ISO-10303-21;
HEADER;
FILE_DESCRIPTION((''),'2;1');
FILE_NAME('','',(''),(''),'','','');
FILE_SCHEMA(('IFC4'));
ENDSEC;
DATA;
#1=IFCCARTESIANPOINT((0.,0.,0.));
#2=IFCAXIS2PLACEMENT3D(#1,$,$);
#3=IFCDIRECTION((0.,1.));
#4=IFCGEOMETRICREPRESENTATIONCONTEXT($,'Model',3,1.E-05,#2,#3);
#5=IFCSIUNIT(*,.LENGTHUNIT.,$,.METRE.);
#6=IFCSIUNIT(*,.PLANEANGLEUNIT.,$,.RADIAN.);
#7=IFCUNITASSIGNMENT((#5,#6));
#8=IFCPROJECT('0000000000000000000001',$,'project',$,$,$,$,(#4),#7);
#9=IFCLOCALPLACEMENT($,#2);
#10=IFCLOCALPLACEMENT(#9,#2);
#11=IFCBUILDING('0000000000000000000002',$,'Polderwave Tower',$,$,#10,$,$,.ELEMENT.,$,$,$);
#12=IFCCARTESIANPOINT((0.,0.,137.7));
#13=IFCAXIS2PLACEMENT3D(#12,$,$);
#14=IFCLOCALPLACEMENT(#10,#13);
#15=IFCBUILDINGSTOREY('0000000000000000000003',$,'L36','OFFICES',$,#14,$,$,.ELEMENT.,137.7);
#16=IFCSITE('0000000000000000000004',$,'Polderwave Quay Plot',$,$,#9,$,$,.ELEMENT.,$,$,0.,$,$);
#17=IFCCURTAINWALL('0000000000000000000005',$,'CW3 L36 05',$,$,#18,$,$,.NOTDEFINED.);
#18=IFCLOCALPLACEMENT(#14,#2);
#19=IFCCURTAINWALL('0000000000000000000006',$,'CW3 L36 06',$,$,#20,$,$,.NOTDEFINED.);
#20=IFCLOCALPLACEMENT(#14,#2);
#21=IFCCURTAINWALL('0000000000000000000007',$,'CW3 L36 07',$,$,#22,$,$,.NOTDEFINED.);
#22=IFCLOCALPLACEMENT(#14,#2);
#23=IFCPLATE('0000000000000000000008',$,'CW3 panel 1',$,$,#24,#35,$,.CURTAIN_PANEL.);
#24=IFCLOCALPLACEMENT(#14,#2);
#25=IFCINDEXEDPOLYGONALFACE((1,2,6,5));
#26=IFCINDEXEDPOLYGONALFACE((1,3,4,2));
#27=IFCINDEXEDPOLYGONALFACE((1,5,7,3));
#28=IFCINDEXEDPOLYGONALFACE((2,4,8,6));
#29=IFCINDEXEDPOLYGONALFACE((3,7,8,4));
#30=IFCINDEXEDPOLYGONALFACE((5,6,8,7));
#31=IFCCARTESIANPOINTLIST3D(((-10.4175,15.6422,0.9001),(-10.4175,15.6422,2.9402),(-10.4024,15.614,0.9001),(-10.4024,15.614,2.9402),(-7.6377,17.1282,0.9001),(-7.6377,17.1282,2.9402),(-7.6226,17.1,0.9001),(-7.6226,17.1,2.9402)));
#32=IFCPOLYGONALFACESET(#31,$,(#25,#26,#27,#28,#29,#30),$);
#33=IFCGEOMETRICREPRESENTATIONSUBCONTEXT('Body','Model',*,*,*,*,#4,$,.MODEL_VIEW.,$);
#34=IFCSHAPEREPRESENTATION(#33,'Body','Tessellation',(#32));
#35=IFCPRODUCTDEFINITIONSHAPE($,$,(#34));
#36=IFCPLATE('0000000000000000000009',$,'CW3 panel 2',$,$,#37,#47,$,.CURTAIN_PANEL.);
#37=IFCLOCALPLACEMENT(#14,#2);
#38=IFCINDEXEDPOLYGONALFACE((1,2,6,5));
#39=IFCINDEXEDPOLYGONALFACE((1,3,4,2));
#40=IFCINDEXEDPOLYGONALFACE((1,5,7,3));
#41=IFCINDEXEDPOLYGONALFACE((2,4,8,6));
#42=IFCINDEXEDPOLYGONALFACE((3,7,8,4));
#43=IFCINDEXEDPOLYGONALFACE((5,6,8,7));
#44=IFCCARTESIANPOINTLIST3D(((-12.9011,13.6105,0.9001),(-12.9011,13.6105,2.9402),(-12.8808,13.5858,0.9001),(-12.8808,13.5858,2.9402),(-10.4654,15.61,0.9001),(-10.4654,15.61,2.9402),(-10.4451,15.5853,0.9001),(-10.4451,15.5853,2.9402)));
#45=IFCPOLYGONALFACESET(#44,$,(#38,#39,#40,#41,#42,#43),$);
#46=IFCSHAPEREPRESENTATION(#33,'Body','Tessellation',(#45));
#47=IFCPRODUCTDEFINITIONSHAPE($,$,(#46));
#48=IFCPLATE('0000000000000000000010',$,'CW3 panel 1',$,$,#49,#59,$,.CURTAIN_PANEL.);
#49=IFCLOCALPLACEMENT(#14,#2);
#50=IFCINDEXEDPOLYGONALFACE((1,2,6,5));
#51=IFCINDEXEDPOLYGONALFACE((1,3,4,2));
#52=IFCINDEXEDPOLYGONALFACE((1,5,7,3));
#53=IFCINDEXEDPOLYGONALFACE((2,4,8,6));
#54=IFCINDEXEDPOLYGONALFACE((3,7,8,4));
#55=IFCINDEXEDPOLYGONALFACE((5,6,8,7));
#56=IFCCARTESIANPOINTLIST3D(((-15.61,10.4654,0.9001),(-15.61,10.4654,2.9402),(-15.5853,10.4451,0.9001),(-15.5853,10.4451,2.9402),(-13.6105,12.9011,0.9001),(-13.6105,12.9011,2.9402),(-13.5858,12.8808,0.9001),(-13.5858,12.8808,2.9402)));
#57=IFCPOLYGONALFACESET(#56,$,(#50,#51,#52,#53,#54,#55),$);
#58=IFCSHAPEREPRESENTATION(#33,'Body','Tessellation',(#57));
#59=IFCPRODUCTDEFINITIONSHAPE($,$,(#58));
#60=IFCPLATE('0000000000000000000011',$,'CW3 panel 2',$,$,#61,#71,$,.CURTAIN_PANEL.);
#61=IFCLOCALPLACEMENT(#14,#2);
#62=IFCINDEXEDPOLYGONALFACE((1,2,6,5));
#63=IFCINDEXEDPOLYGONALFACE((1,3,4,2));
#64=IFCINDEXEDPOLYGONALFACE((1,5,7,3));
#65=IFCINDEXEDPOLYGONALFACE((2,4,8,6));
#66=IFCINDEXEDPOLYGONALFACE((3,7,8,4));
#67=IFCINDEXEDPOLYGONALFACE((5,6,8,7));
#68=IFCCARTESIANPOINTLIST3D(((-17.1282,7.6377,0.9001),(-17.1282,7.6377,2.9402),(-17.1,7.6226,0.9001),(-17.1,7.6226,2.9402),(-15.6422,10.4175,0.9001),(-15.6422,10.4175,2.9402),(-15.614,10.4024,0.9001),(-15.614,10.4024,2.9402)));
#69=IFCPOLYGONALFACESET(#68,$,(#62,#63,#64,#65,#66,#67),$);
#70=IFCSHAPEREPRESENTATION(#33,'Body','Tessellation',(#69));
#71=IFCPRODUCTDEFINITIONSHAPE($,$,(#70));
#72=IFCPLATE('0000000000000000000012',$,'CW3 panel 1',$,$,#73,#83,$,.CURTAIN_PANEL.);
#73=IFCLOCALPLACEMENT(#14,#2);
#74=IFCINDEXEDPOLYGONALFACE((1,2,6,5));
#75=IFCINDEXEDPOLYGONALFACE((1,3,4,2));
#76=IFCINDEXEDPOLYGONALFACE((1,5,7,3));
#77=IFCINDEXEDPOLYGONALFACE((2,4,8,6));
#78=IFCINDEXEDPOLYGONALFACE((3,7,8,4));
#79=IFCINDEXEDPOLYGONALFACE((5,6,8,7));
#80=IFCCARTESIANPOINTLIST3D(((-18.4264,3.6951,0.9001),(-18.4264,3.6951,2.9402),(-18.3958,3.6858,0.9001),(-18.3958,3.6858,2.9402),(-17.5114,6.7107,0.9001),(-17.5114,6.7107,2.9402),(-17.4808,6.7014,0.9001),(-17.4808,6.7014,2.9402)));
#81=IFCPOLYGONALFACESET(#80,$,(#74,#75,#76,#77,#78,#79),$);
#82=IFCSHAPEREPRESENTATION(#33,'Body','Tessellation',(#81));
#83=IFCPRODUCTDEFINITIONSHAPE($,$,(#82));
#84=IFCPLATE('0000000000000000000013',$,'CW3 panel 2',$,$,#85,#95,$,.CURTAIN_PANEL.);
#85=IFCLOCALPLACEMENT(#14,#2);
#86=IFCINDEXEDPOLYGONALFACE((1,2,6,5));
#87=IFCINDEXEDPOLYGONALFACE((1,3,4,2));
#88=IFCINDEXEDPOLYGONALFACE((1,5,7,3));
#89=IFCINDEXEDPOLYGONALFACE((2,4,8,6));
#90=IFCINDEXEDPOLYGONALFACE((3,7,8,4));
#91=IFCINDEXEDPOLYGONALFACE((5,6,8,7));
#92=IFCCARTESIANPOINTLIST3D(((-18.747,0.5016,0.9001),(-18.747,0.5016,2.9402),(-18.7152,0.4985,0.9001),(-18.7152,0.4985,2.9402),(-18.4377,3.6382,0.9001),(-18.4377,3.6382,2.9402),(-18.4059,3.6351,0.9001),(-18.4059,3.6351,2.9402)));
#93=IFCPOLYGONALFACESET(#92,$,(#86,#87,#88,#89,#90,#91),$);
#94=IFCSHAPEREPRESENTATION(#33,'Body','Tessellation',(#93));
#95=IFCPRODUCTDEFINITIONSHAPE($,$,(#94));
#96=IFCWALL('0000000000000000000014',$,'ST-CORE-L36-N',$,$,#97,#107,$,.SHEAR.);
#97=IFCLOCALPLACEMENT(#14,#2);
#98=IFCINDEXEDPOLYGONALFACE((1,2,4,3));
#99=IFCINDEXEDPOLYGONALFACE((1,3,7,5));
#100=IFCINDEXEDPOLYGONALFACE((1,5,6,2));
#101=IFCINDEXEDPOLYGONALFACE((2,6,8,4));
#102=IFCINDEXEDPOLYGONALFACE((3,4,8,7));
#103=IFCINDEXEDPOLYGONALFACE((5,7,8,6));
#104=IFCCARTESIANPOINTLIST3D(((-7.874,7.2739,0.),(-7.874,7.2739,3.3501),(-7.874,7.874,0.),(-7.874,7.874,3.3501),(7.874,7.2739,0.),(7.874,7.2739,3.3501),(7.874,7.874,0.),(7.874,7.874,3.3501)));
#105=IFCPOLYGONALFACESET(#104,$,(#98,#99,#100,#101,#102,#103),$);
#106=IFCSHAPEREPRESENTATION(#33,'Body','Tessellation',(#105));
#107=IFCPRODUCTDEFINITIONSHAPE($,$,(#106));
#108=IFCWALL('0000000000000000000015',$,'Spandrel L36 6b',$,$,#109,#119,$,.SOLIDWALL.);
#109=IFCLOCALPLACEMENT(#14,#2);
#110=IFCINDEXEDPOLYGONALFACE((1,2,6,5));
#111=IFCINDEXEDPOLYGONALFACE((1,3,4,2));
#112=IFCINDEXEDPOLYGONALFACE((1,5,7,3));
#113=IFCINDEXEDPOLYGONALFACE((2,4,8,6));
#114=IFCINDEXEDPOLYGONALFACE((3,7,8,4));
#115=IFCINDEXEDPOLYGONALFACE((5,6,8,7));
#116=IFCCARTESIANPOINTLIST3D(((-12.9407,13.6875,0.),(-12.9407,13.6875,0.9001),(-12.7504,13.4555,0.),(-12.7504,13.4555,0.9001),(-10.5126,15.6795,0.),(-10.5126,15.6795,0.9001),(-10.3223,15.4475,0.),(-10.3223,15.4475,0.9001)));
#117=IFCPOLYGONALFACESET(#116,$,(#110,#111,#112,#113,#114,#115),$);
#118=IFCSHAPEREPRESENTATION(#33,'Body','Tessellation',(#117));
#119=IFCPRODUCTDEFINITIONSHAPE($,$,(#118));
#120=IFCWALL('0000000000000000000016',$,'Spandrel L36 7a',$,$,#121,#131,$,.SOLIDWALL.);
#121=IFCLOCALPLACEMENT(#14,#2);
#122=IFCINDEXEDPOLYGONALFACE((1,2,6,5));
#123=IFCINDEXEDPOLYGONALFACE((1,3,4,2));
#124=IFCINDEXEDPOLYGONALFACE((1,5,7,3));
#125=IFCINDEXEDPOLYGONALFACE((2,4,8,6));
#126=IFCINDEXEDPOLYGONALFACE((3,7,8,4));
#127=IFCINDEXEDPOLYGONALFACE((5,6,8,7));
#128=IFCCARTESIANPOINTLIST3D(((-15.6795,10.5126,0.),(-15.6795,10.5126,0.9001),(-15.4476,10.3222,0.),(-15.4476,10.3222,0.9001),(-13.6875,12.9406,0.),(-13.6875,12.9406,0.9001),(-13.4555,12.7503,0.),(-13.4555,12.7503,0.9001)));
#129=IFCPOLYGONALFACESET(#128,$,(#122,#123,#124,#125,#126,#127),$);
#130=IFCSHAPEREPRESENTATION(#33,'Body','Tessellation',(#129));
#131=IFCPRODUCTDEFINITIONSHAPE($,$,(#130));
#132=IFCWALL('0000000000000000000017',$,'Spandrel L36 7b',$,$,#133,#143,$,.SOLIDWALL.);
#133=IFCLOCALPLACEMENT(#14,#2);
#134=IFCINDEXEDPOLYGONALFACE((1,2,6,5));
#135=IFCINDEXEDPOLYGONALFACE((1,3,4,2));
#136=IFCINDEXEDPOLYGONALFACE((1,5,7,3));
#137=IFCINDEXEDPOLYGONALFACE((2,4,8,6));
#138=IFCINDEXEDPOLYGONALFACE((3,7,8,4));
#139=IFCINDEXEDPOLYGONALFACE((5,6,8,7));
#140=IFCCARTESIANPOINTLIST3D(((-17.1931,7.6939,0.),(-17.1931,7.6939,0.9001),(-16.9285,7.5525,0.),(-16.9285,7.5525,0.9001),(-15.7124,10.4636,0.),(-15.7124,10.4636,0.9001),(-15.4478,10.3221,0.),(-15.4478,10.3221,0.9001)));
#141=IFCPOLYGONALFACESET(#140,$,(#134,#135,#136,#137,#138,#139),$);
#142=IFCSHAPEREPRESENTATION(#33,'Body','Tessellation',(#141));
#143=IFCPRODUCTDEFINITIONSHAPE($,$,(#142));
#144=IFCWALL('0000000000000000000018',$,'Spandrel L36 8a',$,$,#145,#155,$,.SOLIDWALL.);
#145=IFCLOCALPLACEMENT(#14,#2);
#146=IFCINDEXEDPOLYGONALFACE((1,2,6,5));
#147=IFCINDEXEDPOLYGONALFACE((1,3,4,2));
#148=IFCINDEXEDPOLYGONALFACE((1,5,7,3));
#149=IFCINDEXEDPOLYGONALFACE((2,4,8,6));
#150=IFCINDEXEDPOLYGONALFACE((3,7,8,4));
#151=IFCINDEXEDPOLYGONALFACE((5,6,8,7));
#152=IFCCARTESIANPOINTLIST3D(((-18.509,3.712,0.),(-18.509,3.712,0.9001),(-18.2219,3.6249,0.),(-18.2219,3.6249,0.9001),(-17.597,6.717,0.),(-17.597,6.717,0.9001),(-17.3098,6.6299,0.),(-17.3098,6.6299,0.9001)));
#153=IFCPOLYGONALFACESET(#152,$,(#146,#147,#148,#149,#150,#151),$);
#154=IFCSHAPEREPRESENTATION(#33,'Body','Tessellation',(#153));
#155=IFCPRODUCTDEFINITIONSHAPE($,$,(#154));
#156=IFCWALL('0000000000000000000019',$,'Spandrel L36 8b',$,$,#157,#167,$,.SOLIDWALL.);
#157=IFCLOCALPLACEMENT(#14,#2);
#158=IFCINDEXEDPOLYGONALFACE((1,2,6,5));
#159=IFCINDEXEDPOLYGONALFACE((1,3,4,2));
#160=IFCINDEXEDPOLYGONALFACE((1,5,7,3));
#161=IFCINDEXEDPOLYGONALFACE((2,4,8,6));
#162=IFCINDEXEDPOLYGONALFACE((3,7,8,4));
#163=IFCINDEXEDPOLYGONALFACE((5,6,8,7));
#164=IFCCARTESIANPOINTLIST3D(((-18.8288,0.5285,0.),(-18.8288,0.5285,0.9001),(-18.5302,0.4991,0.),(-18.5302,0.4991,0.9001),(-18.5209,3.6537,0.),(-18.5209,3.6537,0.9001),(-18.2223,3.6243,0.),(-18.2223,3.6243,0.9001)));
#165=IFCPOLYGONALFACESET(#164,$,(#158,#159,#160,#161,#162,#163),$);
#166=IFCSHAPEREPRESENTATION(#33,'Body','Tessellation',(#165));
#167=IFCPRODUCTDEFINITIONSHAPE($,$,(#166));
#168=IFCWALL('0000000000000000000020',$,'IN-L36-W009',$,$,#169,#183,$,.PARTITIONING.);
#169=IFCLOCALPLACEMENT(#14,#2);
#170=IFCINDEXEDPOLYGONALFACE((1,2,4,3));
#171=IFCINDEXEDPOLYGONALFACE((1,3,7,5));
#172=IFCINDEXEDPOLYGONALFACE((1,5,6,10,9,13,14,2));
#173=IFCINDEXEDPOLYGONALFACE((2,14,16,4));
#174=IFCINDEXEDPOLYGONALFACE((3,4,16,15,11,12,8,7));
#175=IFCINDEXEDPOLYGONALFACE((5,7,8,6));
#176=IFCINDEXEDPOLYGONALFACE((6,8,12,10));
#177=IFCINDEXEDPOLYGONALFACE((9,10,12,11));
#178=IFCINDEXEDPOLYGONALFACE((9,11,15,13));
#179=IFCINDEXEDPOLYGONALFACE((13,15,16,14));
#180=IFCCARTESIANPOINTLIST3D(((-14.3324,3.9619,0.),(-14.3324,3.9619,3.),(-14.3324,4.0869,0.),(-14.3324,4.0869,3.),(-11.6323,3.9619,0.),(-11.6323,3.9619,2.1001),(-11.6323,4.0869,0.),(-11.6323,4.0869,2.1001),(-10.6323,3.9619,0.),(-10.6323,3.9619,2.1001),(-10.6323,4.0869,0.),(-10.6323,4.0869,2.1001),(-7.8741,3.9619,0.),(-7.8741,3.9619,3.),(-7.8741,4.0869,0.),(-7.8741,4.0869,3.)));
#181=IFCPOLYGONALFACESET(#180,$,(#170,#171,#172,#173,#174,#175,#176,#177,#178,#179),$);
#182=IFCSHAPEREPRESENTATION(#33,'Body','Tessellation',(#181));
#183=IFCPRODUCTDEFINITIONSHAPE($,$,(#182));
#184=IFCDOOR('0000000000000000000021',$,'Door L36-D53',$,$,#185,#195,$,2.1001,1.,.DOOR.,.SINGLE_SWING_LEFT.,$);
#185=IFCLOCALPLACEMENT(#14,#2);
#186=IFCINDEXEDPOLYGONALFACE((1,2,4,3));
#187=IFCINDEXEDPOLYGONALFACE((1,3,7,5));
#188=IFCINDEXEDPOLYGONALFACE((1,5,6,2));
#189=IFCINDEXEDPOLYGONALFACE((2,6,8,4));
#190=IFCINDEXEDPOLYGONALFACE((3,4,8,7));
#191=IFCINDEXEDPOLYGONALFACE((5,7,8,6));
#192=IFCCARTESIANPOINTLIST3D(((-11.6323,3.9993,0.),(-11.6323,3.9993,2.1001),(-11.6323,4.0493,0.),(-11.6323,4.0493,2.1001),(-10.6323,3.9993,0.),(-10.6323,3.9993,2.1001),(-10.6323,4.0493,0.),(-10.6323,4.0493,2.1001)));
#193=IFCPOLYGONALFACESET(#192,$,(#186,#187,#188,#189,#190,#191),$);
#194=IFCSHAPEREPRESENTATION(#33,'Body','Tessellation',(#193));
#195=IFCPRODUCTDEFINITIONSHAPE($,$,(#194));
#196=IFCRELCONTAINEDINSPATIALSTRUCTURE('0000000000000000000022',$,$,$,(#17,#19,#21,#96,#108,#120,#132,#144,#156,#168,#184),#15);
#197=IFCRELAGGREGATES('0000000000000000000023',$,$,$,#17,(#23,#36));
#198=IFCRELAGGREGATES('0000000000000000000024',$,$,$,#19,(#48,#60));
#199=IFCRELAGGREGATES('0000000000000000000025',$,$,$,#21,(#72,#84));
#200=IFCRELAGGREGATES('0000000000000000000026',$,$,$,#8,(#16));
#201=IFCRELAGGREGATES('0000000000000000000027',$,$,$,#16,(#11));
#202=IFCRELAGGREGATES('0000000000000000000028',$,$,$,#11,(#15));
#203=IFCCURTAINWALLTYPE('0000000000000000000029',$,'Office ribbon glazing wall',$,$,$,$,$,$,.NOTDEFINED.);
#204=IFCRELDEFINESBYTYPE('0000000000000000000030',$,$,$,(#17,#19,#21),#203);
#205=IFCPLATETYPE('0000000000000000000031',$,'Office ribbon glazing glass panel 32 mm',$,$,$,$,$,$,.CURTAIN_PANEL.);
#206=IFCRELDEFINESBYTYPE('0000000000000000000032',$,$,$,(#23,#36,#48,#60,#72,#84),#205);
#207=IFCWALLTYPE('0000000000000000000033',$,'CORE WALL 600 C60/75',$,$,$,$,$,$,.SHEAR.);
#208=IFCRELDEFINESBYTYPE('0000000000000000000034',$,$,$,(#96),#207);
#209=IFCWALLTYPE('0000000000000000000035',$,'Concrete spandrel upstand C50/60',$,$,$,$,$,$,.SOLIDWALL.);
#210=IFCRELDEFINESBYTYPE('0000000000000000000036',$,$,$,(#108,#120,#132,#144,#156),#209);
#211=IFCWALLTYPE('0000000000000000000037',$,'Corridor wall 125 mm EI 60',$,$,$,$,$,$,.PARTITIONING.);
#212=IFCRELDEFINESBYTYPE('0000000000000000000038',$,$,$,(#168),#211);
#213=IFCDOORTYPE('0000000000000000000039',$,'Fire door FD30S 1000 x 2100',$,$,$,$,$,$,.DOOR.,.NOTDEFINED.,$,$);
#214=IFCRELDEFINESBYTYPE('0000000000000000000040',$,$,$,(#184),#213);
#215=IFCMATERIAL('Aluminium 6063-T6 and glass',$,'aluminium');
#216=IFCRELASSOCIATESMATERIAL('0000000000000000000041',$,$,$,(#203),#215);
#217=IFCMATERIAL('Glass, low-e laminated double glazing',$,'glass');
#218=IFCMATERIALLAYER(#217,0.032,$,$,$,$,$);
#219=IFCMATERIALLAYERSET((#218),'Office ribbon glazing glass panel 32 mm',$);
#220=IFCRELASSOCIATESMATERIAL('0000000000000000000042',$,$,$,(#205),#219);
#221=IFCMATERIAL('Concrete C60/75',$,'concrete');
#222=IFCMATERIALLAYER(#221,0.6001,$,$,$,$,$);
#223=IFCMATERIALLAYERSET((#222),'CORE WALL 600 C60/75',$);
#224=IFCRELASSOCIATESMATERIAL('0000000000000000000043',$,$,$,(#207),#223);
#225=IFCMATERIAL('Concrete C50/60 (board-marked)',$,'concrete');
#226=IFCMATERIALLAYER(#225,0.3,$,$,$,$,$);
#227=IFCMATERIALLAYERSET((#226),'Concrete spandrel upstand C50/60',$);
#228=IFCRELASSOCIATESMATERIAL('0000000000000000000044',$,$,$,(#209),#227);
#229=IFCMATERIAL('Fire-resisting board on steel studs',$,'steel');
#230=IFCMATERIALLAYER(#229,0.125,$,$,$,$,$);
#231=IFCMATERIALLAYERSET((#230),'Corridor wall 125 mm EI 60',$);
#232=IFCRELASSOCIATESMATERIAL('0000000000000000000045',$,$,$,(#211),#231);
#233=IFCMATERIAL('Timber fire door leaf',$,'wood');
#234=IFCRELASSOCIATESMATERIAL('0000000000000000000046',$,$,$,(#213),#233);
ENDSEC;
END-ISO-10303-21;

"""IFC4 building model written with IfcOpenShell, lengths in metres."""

from ifc_helpers import new_model, si_unit, direction, frame, frame_2d, origin, origin_2d, place, context, subcontext, project, spatial, rectangle, extrude, material, layer, layer_set, type_object, element, fill, aggregate, save


model = new_model("IFC4")

# Units and contexts
model_context = context("Model", 3, precision=1e-05, world=origin(), true_north=direction((0.0, 1.0)))
body_context = subcontext(model_context, "Body", "Model", "MODEL_VIEW")
ifc_project = project(units=[si_unit("LENGTHUNIT", "METRE"), si_unit("PLANEANGLEUNIT", "RADIAN")], contexts=[model_context])

# Site, building, storey
site_placement = place(None, origin())
site = spatial("IfcSite", under=ifc_project, at=site_placement, Name="Polderwave Quay Plot", CompositionType="ELEMENT", RefElevation=0.0)
building_placement = place(site_placement, origin())
building = spatial("IfcBuilding", under=site, at=building_placement, Name="Polderwave Tower", CompositionType="ELEMENT")
storey_placement = place(building_placement, frame((0.0, 0.0, 137.7)))
storey = spatial("IfcBuildingStorey", under=building, at=storey_placement, Name="L36", Description="OFFICES", CompositionType="ELEMENT", Elevation=137.7)

# Shared definitions
ifc_material_1 = material(Name="Concrete C60/75", Category="concrete")

# Curtain walls
ifc_material_2 = material(Name="Aluminium 6063-T6 and glass", Category="aluminium")
curtain_wall_type = type_object("IfcCurtainWallType", Name="Office ribbon glazing wall", PredefinedType="NOTDEFINED", material=ifc_material_2)
curtain_wall_1_placement = place(storey_placement, origin())
curtain_wall_1 = element("IfcCurtainWall", 1, at=curtain_wall_1_placement, inside=storey, type_object=curtain_wall_type, Name="CW3 L36 05", PredefinedType="NOTDEFINED")
curtain_wall_2_placement = place(storey_placement, origin())
curtain_wall_2 = element("IfcCurtainWall", 2, at=curtain_wall_2_placement, inside=storey, type_object=curtain_wall_type, Name="CW3 L36 06", PredefinedType="NOTDEFINED")
curtain_wall_3_placement = place(storey_placement, origin())
curtain_wall_3 = element("IfcCurtainWall", 3, at=curtain_wall_3_placement, inside=storey, type_object=curtain_wall_type, Name="CW3 L36 07", PredefinedType="NOTDEFINED")

# Plates
ifc_material_3 = material(Name="Glass, low-e laminated double glazing", Category="glass")
ifc_layer_1 = layer(ifc_material_3, 0.032)
ifc_layer_set_1 = layer_set([ifc_layer_1], Name="Office ribbon glazing glass panel 32 mm")
plate_type = type_object("IfcPlateType", Name="Office ribbon glazing glass panel 32 mm", PredefinedType="CURTAIN_PANEL", material=ifc_layer_set_1)
plate_1_placement = place(storey_placement, frame((-9.02, 16.3711, 0.9001), z_axis=(0.0, 0.0, 1.0), x_axis=(-0.881891, -0.471454, 0.0)))
plate_1 = element("IfcPlate", 4, at=plate_1_placement, type_object=plate_type, Name="CW3 panel 1", PredefinedType="CURTAIN_PANEL", context=body_context, shape_type="SweptSolid", body=[
    extrude(rectangle(XDim=3.1521, YDim=0.032, at=origin_2d()), origin(), (0.0, 0.0, 1.0), 2.04),
])
plate_2_placement = place(storey_placement, frame((-11.6731, 14.5979, 0.9001), z_axis=(0.0, 0.0, 1.0), x_axis=(-0.772919, -0.634505, 0.0)))
plate_2 = element("IfcPlate", 5, at=plate_2_placement, type_object=plate_type, Name="CW3 panel 2", PredefinedType="CURTAIN_PANEL", context=body_context, shape_type="SweptSolid", body=[
    extrude(rectangle(XDim=3.1514, YDim=0.032, at=origin_2d()), origin(), (0.0, 0.0, 1.0), 2.04),
])
aggregate(curtain_wall_1, [plate_1, plate_2])
plate_3_placement = place(storey_placement, frame((-14.5979, 11.6731, 0.9001), z_axis=(0.0, 0.0, 1.0), x_axis=(-0.634505, -0.772919, 0.0)))
plate_3 = element("IfcPlate", 6, at=plate_3_placement, type_object=plate_type, Name="CW3 panel 1", PredefinedType="CURTAIN_PANEL", context=body_context, shape_type="SweptSolid", body=[
    extrude(rectangle(XDim=3.1514, YDim=0.032, at=origin_2d()), origin(), (0.0, 0.0, 1.0), 2.04),
])
plate_4_placement = place(storey_placement, frame((-16.3711, 9.02, 0.9001), z_axis=(0.0, 0.0, 1.0), x_axis=(-0.471454, -0.881891, 0.0)))
plate_4 = element("IfcPlate", 7, at=plate_4_placement, type_object=plate_type, Name="CW3 panel 2", PredefinedType="CURTAIN_PANEL", context=body_context, shape_type="SweptSolid", body=[
    extrude(rectangle(XDim=3.1521, YDim=0.032, at=origin_2d()), origin(), (0.0, 0.0, 1.0), 2.04),
])
aggregate(curtain_wall_2, [plate_3, plate_4])
plate_5_placement = place(storey_placement, frame((-17.9536, 5.1982, 0.9001), z_axis=(0.0, 0.0, 1.0), x_axis=(-0.290348, -0.956921, 0.0)))
plate_5 = element("IfcPlate", 8, at=plate_5_placement, type_object=plate_type, Name="CW3 panel 1", PredefinedType="CURTAIN_PANEL", context=body_context, shape_type="SweptSolid", body=[
    extrude(rectangle(XDim=3.1514, YDim=0.032, at=origin_2d()), origin(), (0.0, 0.0, 1.0), 2.04),
])
plate_6_placement = place(storey_placement, frame((-18.5764, 2.0684, 0.9001), z_axis=(0.0, 0.0, 1.0), x_axis=(-0.098134, -0.995173, 0.0)))
plate_6 = element("IfcPlate", 9, at=plate_6_placement, type_object=plate_type, Name="CW3 panel 2", PredefinedType="CURTAIN_PANEL", context=body_context, shape_type="SweptSolid", body=[
    extrude(rectangle(XDim=3.1519, YDim=0.032, at=origin_2d()), origin(), (0.0, 0.0, 1.0), 2.04),
])
aggregate(curtain_wall_3, [plate_5, plate_6])

# Walls
ifc_layer_2 = layer(ifc_material_1, 0.6001)
ifc_layer_set_2 = layer_set([ifc_layer_2], Name="CORE WALL 600 C60/75")
wall_type_1 = type_object("IfcWallType", Name="CORE WALL 600 C60/75", PredefinedType="SHEAR", material=ifc_layer_set_2)
wall_1_placement = place(storey_placement, frame((-7.874, 7.574, 0.0), z_axis=(0.0, 0.0, 1.0), x_axis=(1.0, 0.0, 0.0)))
element("IfcWall", 10, at=wall_1_placement, inside=storey, type_object=wall_type_1, Name="ST-CORE-L36-N", PredefinedType="SHEAR", context=body_context, shape_type="SweptSolid", body=[
    extrude(rectangle(XDim=15.748, YDim=0.6001, at=frame_2d((7.874, 0.0))), origin(), (0.0, 0.0, 1.0), 3.3501),
])
ifc_material_4 = material(Name="Concrete C50/60 (board-marked)", Category="concrete")
ifc_layer_3 = layer(ifc_material_4, 0.3)
ifc_layer_set_3 = layer_set([ifc_layer_3], Name="Concrete spandrel upstand C50/60")
wall_type_2 = type_object("IfcWallType", Name="Concrete spandrel upstand C50/60", PredefinedType="SOLIDWALL", material=ifc_layer_set_3)
for number, where, z_axis, x_axis, name in (
    (11, (-10.4175, 15.5635, 0.0), (0.0, 0.0, 1.0), (-0.773111, -0.63427, 0.0), "Spandrel L36 6b"),
    (12, (-13.5715, 12.8455, 0.0), (0.0, 0.0, 1.0), (-0.63427, -0.773111, 0.0), "Spandrel L36 7a"),
    (13, (-15.5801, 10.3928, 0.0), (0.0, 0.0, 1.0), (-0.471488, -0.881873, 0.0), "Spandrel L36 7b"),
):
    element("IfcWall", number, at=place(storey_placement, frame(where, z_axis=z_axis, x_axis=x_axis)), inside=storey, type_object=wall_type_2, Name=name, PredefinedType="SOLIDWALL", context=body_context, shape_type="SweptSolid", body=[
        extrude(rectangle(XDim=3.1406, YDim=0.3, at=frame_2d((1.5703, 0.0))), origin(), (0.0, 0.0, 1.0), 0.9001),
    ])
for number, where, z_axis, x_axis, name in (
    (14, (-17.4534, 6.6736, 0.0), (0.0, 0.0, 1.0), (-0.290435, -0.956895, 0.0), "Spandrel L36 8a"),
    (15, (-18.3716, 3.6392, 0.0), (0.0, 0.0, 1.0), (-0.098033, -0.995183, 0.0), "Spandrel L36 8b"),
):
    element("IfcWall", number, at=place(storey_placement, frame(where, z_axis=z_axis, x_axis=x_axis)), inside=storey, type_object=wall_type_2, Name=name, PredefinedType="SOLIDWALL", context=body_context, shape_type="SweptSolid", body=[
        extrude(rectangle(XDim=3.1404, YDim=0.3, at=frame_2d((1.5703, 0.0))), origin(), (0.0, 0.0, 1.0), 0.9001),
    ])

# Wall, opening, door
ifc_material_5 = material(Name="Fire-resisting board on steel studs", Category="steel")
ifc_layer_4 = layer(ifc_material_5, 0.125)
ifc_layer_set_4 = layer_set([ifc_layer_4], Name="Corridor wall 125 mm EI 60")
wall_type_3 = type_object("IfcWallType", Name="Corridor wall 125 mm EI 60", PredefinedType="PARTITIONING", material=ifc_layer_set_4)
wall_2_placement = place(storey_placement, frame((-14.3323, 4.0244, 0.0), z_axis=(0.0, 0.0, 1.0), x_axis=(1.0, 0.0, 0.0)))
wall_2 = element("IfcWall", 16, at=wall_2_placement, inside=storey, type_object=wall_type_3, Name="IN-L36-W009", PredefinedType="PARTITIONING", context=body_context, shape_type="SweptSolid", body=[
    extrude(rectangle(XDim=6.4583, YDim=0.125, at=frame_2d((3.229, 0.0))), origin(), (0.0, 0.0, 1.0), 3.0),
])
opening_1_placement = place(wall_2_placement, frame((2.7, 0.0, 0.0)))
opening_1 = element("IfcOpeningElement", 17, at=opening_1_placement, cuts=wall_2, PredefinedType="OPENING", context=body_context, shape_type="SweptSolid", body=[
    extrude(rectangle(XDim=1.0, YDim=2.1001, at=frame_2d((0.5, 1.05))), frame((0.0, 0.0725, 0.0), z_axis=(0.0, -1.0, 0.0), x_axis=(1.0, 0.0, 0.0)), (0.0, 0.0, 1.0), 0.145),
])
ifc_material_6 = material(Name="Timber fire door leaf", Category="wood")
door_type_1 = type_object("IfcDoorType", Name="Fire door FD30S 1000 x 2100", OperationType="NOTDEFINED", PredefinedType="DOOR", material=ifc_material_6)
door_1_placement = place(opening_1_placement, origin())
door_1 = element("IfcDoor", 18, at=door_1_placement, inside=storey, type_object=door_type_1, Name="Door L36-D53", OperationType="SINGLE_SWING_LEFT", OverallHeight=2.1001, OverallWidth=1.0, PredefinedType="DOOR", context=body_context, shape_type="SweptSolid", body=[
    extrude(rectangle(XDim=1.0, YDim=2.1001, at=frame_2d((0.5, 1.05))), frame((0.0, 0.0249, 0.0), z_axis=(0.0, -1.0, 0.0), x_axis=(1.0, 0.0, 0.0)), (0.0, 0.0, 1.0), 0.05),
])
fill(opening_1, door_1)

save(model, "model.ifc")
